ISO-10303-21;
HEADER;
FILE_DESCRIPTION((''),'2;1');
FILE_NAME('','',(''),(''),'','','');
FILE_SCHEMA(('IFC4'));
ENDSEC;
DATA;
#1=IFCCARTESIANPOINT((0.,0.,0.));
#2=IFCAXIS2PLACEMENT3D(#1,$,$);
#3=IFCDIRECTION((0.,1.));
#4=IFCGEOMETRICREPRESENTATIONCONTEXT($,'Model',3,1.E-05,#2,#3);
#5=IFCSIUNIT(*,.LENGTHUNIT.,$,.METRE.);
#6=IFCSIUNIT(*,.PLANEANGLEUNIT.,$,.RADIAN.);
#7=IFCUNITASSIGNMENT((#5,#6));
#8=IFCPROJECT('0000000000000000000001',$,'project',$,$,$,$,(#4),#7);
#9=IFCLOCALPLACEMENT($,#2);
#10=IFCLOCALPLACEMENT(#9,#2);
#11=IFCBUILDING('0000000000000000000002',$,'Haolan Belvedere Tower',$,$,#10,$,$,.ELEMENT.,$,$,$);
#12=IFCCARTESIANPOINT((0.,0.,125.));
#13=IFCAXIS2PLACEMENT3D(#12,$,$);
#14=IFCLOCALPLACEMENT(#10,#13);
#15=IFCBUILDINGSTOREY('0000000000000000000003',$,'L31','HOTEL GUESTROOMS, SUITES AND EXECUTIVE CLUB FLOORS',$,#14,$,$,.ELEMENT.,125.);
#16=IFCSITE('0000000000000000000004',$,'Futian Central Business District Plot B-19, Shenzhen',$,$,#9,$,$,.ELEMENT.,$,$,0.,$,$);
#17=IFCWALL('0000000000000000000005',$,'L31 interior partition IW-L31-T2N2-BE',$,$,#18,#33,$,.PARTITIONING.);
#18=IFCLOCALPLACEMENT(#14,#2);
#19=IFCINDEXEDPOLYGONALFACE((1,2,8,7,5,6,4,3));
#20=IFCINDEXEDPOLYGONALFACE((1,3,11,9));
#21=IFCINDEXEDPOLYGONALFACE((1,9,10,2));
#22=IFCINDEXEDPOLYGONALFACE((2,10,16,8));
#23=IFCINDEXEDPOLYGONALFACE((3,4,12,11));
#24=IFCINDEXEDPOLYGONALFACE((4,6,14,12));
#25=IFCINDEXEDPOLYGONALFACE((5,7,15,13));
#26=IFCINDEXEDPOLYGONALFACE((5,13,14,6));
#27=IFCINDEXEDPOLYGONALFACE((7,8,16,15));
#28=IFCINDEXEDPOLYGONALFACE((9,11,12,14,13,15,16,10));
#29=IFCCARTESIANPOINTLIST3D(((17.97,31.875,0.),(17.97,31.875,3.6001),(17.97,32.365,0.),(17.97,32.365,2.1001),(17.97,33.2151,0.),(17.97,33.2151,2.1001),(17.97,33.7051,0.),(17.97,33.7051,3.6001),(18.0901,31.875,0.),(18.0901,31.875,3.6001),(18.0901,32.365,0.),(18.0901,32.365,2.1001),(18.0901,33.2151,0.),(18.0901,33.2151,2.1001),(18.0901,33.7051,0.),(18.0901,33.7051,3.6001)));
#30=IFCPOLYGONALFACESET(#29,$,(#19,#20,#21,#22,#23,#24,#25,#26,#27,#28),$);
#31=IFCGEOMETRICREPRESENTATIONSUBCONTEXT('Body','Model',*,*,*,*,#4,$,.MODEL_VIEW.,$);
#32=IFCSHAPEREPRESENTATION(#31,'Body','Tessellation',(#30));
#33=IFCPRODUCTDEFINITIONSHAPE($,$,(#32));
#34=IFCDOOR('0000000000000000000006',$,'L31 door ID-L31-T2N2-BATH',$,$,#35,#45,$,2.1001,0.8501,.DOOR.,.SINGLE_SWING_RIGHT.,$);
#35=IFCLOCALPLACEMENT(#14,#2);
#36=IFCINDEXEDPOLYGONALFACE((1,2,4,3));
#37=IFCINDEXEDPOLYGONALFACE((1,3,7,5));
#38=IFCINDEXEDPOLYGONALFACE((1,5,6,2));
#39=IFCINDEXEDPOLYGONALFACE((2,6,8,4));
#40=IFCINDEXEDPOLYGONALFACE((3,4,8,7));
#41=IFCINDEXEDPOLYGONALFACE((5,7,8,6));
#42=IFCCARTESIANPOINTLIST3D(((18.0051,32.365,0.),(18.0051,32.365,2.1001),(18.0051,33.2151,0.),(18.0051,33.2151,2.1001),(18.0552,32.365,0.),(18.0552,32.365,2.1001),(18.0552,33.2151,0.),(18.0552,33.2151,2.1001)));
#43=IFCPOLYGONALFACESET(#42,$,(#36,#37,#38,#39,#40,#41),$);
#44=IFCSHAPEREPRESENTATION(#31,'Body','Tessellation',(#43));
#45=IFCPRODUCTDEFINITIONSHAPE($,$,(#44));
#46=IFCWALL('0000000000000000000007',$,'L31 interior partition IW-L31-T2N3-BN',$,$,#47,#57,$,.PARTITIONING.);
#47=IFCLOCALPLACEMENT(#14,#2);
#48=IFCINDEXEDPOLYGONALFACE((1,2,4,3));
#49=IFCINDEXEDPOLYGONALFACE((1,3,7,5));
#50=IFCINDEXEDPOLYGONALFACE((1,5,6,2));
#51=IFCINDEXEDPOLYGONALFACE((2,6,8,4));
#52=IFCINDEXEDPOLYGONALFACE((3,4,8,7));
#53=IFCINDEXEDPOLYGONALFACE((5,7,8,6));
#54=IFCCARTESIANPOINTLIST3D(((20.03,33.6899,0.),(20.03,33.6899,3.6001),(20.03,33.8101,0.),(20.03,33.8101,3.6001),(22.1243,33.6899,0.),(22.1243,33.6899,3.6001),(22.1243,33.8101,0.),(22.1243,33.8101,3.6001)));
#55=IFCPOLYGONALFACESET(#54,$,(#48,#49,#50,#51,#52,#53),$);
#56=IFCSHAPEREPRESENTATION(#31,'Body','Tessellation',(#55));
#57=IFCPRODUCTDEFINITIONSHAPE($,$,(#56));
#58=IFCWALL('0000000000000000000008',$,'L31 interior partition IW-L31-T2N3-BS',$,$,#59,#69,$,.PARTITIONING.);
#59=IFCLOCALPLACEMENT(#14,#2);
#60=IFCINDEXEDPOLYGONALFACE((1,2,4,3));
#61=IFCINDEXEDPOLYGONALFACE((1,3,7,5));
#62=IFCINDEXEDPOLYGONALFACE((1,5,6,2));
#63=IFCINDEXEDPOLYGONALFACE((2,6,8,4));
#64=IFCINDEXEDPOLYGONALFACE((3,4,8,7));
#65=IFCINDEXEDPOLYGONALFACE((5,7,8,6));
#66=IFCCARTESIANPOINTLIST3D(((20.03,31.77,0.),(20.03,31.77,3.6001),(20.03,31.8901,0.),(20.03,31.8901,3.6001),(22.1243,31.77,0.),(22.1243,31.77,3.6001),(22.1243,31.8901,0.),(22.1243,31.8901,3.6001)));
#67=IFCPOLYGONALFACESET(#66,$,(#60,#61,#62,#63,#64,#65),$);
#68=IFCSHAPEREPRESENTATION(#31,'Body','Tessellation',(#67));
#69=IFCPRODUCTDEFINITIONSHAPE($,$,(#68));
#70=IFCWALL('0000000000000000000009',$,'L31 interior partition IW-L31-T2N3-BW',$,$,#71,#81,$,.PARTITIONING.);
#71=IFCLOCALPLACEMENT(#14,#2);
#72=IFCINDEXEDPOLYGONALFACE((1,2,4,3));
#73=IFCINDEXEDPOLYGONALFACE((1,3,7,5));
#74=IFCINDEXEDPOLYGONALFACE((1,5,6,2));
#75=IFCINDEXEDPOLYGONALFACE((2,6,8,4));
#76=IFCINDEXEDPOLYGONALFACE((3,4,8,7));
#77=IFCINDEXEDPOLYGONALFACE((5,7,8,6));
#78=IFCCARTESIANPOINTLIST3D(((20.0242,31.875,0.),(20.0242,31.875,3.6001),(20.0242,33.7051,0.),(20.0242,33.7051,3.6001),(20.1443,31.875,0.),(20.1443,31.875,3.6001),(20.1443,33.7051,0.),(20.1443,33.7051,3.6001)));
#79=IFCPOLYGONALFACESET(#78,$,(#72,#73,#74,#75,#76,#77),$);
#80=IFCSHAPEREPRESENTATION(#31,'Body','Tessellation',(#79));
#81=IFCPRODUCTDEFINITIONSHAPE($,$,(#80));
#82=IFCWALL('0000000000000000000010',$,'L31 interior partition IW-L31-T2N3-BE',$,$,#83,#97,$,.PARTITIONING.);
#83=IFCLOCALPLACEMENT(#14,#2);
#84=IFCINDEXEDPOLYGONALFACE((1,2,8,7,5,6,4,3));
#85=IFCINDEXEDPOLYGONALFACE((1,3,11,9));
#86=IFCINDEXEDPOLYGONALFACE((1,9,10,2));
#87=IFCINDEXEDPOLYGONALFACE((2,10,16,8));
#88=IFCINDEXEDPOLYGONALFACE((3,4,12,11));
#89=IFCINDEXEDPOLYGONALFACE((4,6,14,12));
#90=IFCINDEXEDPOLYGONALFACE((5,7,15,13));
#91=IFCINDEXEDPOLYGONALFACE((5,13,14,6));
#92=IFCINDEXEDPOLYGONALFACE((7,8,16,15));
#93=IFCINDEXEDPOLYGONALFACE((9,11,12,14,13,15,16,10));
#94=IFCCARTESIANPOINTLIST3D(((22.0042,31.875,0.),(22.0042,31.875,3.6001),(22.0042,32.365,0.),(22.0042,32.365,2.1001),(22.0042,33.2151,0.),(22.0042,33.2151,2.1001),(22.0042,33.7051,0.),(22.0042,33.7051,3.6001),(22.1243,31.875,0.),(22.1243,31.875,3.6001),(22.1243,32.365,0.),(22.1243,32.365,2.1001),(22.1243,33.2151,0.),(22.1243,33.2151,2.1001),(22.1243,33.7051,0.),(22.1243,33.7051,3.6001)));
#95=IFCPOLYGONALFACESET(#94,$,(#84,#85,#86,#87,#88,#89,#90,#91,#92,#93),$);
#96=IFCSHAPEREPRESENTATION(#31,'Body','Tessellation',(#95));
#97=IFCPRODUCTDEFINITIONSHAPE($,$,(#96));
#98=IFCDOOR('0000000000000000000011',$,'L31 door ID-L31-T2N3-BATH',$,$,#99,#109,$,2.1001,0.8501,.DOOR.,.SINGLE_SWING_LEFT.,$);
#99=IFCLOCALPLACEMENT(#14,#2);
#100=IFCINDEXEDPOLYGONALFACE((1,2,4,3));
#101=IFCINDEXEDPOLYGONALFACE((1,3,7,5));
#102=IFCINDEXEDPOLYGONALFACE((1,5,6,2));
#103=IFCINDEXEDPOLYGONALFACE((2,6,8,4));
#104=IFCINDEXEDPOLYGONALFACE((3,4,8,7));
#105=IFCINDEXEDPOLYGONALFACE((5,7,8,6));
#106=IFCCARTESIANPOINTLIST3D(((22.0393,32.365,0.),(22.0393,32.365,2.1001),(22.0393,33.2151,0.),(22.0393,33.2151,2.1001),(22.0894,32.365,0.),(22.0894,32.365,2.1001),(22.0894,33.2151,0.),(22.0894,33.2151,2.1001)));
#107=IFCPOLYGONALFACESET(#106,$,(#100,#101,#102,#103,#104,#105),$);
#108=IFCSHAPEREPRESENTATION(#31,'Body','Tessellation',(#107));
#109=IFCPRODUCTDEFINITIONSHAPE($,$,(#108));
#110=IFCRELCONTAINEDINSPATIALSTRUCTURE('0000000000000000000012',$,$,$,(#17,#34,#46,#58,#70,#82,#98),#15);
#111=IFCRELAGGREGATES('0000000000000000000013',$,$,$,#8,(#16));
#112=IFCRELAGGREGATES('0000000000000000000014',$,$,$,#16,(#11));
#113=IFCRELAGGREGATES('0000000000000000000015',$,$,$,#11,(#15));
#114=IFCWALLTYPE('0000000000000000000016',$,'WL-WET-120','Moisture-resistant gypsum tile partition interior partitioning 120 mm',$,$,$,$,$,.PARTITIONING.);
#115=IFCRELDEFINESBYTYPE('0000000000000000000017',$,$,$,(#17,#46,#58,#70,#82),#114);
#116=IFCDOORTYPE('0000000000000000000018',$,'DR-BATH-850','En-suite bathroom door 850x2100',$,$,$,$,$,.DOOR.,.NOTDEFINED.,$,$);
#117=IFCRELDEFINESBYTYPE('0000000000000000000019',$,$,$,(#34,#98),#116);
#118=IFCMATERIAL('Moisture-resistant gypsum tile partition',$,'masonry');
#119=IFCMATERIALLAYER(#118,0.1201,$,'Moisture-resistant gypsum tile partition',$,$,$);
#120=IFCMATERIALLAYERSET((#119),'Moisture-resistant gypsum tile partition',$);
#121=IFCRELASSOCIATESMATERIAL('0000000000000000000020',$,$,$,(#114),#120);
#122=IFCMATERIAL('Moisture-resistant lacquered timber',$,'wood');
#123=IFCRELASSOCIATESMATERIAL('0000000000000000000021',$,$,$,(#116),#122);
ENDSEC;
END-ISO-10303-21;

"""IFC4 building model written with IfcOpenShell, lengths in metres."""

from ifc_helpers import new_model, si_unit, direction, frame, frame_2d, origin, place, context, subcontext, project, spatial, rectangle, extrude, material, layer, layer_set, type_object, element, fill, save


model = new_model("IFC4")

# Units and contexts
model_context = context("Model", 3, precision=1e-05, world=origin(), true_north=direction((0.0, 1.0)))
body_context = subcontext(model_context, "Body", "Model", "MODEL_VIEW")
ifc_project = project(units=[si_unit("LENGTHUNIT", "METRE"), si_unit("PLANEANGLEUNIT", "RADIAN")], contexts=[model_context])

# Site, building, storey
site_placement = place(None, origin())
site = spatial("IfcSite", under=ifc_project, at=site_placement, Name="Futian Central Business District Plot B-19, Shenzhen", CompositionType="ELEMENT", RefElevation=0.0)
building_placement = place(site_placement, origin())
building = spatial("IfcBuilding", under=site, at=building_placement, Name="Haolan Belvedere Tower", CompositionType="ELEMENT")
storey_placement = place(building_placement, frame((0.0, 0.0, 125.0)))
storey = spatial("IfcBuildingStorey", under=building, at=storey_placement, Name="L31", Description="HOTEL GUESTROOMS, SUITES AND EXECUTIVE CLUB FLOORS", CompositionType="ELEMENT", Elevation=125.0)

# Wall, opening, door
ifc_material_1 = material(Name="Moisture-resistant gypsum tile partition", Category="masonry")
ifc_layer_1 = layer(ifc_material_1, 0.1201, Name="Moisture-resistant gypsum tile partition")
ifc_layer_set_1 = layer_set([ifc_layer_1], Name="Moisture-resistant gypsum tile partition")
wall_type_1 = type_object("IfcWallType", Name="WL-WET-120", Description="Moisture-resistant gypsum tile partition interior partitioning 120 mm", PredefinedType="PARTITIONING", material=ifc_layer_set_1)
wall_1_placement = place(storey_placement, frame((18.03, 31.875, 0.0), z_axis=(0.0, 0.0, 1.0), x_axis=(0.0, 1.0, 0.0)))
wall_1 = element("IfcWall", 1, at=wall_1_placement, inside=storey, type_object=wall_type_1, Name="L31 interior partition IW-L31-T2N2-BE", PredefinedType="PARTITIONING", context=body_context, shape_type="SweptSolid", body=[
    extrude(rectangle(XDim=1.8301, YDim=0.1201, at=frame_2d((0.915, 0.0))), origin(), (0.0, 0.0, 1.0), 3.6001),
])
opening_1_placement = place(wall_1_placement, frame((0.49, 0.0, 0.0)))
opening_1 = element("IfcOpeningElement", 2, at=opening_1_placement, cuts=wall_1, PredefinedType="OPENING", context=body_context, shape_type="SweptSolid", body=[
    extrude(rectangle(XDim=0.8501, YDim=2.1001, at=frame_2d((0.425, 1.05))), frame((0.0, 0.0701, 0.0), z_axis=(0.0, -1.0, 0.0), x_axis=(1.0, 0.0, 0.0)), (0.0, 0.0, 1.0), 0.1401),
])
ifc_material_2 = material(Name="Moisture-resistant lacquered timber", Category="wood")
door_type_1 = type_object("IfcDoorType", Name="DR-BATH-850", Description="En-suite bathroom door 850x2100", OperationType="NOTDEFINED", PredefinedType="DOOR", material=ifc_material_2)
door_1_placement = place(opening_1_placement, origin())
door_1 = element("IfcDoor", 3, at=door_1_placement, inside=storey, type_object=door_type_1, Name="L31 door ID-L31-T2N2-BATH", OperationType="SINGLE_SWING_RIGHT", OverallHeight=2.1001, OverallWidth=0.8501, PredefinedType="DOOR", context=body_context, shape_type="SweptSolid", body=[
    extrude(rectangle(XDim=0.8501, YDim=2.1001, at=frame_2d((0.425, 1.05))), frame((0.0, 0.0249, 0.0), z_axis=(0.0, -1.0, 0.0), x_axis=(1.0, 0.0, 0.0)), (0.0, 0.0, 1.0), 0.05),
])
fill(opening_1, door_1)

# Walls
for number, where, z_axis, x_axis, name in (
    (4, (20.03, 33.75, 0.0), (0.0, 0.0, 1.0), (1.0, 0.0, 0.0), "L31 interior partition IW-L31-T2N3-BN"),
    (5, (20.03, 31.8301, 0.0), (0.0, 0.0, 1.0), (1.0, 0.0, 0.0), "L31 interior partition IW-L31-T2N3-BS"),
):
    element("IfcWall", number, at=place(storey_placement, frame(where, z_axis=z_axis, x_axis=x_axis)), inside=storey, type_object=wall_type_1, Name=name, PredefinedType="PARTITIONING", context=body_context, shape_type="SweptSolid", body=[
        extrude(rectangle(XDim=2.0942, YDim=0.1201, at=frame_2d((1.0471, 0.0))), origin(), (0.0, 0.0, 1.0), 3.6001),
    ])
wall_2_placement = place(storey_placement, frame((20.0842, 31.875, 0.0), z_axis=(0.0, 0.0, 1.0), x_axis=(0.0, 1.0, 0.0)))
element("IfcWall", 6, at=wall_2_placement, inside=storey, type_object=wall_type_1, Name="L31 interior partition IW-L31-T2N3-BW", PredefinedType="PARTITIONING", context=body_context, shape_type="SweptSolid", body=[
    extrude(rectangle(XDim=1.8301, YDim=0.1201, at=frame_2d((0.915, 0.0))), origin(), (0.0, 0.0, 1.0), 3.6001),
])

# Wall, opening, door
wall_3_placement = place(storey_placement, frame((22.0642, 31.875, 0.0), z_axis=(0.0, 0.0, 1.0), x_axis=(0.0, 1.0, 0.0)))
wall_3 = element("IfcWall", 7, at=wall_3_placement, inside=storey, type_object=wall_type_1, Name="L31 interior partition IW-L31-T2N3-BE", PredefinedType="PARTITIONING", context=body_context, shape_type="SweptSolid", body=[
    extrude(rectangle(XDim=1.8301, YDim=0.1201, at=frame_2d((0.915, 0.0))), origin(), (0.0, 0.0, 1.0), 3.6001),
])
opening_2_placement = place(wall_3_placement, frame((0.49, 0.0, 0.0)))
opening_2 = element("IfcOpeningElement", 8, at=opening_2_placement, cuts=wall_3, PredefinedType="OPENING", context=body_context, shape_type="SweptSolid", body=[
    extrude(rectangle(XDim=0.8501, YDim=2.1001, at=frame_2d((0.425, 1.05))), frame((0.0, 0.0701, 0.0), z_axis=(0.0, -1.0, 0.0), x_axis=(1.0, 0.0, 0.0)), (0.0, 0.0, 1.0), 0.1401),
])
door_2_placement = place(opening_2_placement, origin())
door_2 = element("IfcDoor", 9, at=door_2_placement, inside=storey, type_object=door_type_1, Name="L31 door ID-L31-T2N3-BATH", OperationType="SINGLE_SWING_LEFT", OverallHeight=2.1001, OverallWidth=0.8501, PredefinedType="DOOR", context=body_context, shape_type="SweptSolid", body=[
    extrude(rectangle(XDim=0.8501, YDim=2.1001, at=frame_2d((0.425, 1.05))), frame((0.0, 0.0249, 0.0), z_axis=(0.0, -1.0, 0.0), x_axis=(1.0, 0.0, 0.0)), (0.0, 0.0, 1.0), 0.05),
])
fill(opening_2, door_2)

save(model, "model.ifc")
